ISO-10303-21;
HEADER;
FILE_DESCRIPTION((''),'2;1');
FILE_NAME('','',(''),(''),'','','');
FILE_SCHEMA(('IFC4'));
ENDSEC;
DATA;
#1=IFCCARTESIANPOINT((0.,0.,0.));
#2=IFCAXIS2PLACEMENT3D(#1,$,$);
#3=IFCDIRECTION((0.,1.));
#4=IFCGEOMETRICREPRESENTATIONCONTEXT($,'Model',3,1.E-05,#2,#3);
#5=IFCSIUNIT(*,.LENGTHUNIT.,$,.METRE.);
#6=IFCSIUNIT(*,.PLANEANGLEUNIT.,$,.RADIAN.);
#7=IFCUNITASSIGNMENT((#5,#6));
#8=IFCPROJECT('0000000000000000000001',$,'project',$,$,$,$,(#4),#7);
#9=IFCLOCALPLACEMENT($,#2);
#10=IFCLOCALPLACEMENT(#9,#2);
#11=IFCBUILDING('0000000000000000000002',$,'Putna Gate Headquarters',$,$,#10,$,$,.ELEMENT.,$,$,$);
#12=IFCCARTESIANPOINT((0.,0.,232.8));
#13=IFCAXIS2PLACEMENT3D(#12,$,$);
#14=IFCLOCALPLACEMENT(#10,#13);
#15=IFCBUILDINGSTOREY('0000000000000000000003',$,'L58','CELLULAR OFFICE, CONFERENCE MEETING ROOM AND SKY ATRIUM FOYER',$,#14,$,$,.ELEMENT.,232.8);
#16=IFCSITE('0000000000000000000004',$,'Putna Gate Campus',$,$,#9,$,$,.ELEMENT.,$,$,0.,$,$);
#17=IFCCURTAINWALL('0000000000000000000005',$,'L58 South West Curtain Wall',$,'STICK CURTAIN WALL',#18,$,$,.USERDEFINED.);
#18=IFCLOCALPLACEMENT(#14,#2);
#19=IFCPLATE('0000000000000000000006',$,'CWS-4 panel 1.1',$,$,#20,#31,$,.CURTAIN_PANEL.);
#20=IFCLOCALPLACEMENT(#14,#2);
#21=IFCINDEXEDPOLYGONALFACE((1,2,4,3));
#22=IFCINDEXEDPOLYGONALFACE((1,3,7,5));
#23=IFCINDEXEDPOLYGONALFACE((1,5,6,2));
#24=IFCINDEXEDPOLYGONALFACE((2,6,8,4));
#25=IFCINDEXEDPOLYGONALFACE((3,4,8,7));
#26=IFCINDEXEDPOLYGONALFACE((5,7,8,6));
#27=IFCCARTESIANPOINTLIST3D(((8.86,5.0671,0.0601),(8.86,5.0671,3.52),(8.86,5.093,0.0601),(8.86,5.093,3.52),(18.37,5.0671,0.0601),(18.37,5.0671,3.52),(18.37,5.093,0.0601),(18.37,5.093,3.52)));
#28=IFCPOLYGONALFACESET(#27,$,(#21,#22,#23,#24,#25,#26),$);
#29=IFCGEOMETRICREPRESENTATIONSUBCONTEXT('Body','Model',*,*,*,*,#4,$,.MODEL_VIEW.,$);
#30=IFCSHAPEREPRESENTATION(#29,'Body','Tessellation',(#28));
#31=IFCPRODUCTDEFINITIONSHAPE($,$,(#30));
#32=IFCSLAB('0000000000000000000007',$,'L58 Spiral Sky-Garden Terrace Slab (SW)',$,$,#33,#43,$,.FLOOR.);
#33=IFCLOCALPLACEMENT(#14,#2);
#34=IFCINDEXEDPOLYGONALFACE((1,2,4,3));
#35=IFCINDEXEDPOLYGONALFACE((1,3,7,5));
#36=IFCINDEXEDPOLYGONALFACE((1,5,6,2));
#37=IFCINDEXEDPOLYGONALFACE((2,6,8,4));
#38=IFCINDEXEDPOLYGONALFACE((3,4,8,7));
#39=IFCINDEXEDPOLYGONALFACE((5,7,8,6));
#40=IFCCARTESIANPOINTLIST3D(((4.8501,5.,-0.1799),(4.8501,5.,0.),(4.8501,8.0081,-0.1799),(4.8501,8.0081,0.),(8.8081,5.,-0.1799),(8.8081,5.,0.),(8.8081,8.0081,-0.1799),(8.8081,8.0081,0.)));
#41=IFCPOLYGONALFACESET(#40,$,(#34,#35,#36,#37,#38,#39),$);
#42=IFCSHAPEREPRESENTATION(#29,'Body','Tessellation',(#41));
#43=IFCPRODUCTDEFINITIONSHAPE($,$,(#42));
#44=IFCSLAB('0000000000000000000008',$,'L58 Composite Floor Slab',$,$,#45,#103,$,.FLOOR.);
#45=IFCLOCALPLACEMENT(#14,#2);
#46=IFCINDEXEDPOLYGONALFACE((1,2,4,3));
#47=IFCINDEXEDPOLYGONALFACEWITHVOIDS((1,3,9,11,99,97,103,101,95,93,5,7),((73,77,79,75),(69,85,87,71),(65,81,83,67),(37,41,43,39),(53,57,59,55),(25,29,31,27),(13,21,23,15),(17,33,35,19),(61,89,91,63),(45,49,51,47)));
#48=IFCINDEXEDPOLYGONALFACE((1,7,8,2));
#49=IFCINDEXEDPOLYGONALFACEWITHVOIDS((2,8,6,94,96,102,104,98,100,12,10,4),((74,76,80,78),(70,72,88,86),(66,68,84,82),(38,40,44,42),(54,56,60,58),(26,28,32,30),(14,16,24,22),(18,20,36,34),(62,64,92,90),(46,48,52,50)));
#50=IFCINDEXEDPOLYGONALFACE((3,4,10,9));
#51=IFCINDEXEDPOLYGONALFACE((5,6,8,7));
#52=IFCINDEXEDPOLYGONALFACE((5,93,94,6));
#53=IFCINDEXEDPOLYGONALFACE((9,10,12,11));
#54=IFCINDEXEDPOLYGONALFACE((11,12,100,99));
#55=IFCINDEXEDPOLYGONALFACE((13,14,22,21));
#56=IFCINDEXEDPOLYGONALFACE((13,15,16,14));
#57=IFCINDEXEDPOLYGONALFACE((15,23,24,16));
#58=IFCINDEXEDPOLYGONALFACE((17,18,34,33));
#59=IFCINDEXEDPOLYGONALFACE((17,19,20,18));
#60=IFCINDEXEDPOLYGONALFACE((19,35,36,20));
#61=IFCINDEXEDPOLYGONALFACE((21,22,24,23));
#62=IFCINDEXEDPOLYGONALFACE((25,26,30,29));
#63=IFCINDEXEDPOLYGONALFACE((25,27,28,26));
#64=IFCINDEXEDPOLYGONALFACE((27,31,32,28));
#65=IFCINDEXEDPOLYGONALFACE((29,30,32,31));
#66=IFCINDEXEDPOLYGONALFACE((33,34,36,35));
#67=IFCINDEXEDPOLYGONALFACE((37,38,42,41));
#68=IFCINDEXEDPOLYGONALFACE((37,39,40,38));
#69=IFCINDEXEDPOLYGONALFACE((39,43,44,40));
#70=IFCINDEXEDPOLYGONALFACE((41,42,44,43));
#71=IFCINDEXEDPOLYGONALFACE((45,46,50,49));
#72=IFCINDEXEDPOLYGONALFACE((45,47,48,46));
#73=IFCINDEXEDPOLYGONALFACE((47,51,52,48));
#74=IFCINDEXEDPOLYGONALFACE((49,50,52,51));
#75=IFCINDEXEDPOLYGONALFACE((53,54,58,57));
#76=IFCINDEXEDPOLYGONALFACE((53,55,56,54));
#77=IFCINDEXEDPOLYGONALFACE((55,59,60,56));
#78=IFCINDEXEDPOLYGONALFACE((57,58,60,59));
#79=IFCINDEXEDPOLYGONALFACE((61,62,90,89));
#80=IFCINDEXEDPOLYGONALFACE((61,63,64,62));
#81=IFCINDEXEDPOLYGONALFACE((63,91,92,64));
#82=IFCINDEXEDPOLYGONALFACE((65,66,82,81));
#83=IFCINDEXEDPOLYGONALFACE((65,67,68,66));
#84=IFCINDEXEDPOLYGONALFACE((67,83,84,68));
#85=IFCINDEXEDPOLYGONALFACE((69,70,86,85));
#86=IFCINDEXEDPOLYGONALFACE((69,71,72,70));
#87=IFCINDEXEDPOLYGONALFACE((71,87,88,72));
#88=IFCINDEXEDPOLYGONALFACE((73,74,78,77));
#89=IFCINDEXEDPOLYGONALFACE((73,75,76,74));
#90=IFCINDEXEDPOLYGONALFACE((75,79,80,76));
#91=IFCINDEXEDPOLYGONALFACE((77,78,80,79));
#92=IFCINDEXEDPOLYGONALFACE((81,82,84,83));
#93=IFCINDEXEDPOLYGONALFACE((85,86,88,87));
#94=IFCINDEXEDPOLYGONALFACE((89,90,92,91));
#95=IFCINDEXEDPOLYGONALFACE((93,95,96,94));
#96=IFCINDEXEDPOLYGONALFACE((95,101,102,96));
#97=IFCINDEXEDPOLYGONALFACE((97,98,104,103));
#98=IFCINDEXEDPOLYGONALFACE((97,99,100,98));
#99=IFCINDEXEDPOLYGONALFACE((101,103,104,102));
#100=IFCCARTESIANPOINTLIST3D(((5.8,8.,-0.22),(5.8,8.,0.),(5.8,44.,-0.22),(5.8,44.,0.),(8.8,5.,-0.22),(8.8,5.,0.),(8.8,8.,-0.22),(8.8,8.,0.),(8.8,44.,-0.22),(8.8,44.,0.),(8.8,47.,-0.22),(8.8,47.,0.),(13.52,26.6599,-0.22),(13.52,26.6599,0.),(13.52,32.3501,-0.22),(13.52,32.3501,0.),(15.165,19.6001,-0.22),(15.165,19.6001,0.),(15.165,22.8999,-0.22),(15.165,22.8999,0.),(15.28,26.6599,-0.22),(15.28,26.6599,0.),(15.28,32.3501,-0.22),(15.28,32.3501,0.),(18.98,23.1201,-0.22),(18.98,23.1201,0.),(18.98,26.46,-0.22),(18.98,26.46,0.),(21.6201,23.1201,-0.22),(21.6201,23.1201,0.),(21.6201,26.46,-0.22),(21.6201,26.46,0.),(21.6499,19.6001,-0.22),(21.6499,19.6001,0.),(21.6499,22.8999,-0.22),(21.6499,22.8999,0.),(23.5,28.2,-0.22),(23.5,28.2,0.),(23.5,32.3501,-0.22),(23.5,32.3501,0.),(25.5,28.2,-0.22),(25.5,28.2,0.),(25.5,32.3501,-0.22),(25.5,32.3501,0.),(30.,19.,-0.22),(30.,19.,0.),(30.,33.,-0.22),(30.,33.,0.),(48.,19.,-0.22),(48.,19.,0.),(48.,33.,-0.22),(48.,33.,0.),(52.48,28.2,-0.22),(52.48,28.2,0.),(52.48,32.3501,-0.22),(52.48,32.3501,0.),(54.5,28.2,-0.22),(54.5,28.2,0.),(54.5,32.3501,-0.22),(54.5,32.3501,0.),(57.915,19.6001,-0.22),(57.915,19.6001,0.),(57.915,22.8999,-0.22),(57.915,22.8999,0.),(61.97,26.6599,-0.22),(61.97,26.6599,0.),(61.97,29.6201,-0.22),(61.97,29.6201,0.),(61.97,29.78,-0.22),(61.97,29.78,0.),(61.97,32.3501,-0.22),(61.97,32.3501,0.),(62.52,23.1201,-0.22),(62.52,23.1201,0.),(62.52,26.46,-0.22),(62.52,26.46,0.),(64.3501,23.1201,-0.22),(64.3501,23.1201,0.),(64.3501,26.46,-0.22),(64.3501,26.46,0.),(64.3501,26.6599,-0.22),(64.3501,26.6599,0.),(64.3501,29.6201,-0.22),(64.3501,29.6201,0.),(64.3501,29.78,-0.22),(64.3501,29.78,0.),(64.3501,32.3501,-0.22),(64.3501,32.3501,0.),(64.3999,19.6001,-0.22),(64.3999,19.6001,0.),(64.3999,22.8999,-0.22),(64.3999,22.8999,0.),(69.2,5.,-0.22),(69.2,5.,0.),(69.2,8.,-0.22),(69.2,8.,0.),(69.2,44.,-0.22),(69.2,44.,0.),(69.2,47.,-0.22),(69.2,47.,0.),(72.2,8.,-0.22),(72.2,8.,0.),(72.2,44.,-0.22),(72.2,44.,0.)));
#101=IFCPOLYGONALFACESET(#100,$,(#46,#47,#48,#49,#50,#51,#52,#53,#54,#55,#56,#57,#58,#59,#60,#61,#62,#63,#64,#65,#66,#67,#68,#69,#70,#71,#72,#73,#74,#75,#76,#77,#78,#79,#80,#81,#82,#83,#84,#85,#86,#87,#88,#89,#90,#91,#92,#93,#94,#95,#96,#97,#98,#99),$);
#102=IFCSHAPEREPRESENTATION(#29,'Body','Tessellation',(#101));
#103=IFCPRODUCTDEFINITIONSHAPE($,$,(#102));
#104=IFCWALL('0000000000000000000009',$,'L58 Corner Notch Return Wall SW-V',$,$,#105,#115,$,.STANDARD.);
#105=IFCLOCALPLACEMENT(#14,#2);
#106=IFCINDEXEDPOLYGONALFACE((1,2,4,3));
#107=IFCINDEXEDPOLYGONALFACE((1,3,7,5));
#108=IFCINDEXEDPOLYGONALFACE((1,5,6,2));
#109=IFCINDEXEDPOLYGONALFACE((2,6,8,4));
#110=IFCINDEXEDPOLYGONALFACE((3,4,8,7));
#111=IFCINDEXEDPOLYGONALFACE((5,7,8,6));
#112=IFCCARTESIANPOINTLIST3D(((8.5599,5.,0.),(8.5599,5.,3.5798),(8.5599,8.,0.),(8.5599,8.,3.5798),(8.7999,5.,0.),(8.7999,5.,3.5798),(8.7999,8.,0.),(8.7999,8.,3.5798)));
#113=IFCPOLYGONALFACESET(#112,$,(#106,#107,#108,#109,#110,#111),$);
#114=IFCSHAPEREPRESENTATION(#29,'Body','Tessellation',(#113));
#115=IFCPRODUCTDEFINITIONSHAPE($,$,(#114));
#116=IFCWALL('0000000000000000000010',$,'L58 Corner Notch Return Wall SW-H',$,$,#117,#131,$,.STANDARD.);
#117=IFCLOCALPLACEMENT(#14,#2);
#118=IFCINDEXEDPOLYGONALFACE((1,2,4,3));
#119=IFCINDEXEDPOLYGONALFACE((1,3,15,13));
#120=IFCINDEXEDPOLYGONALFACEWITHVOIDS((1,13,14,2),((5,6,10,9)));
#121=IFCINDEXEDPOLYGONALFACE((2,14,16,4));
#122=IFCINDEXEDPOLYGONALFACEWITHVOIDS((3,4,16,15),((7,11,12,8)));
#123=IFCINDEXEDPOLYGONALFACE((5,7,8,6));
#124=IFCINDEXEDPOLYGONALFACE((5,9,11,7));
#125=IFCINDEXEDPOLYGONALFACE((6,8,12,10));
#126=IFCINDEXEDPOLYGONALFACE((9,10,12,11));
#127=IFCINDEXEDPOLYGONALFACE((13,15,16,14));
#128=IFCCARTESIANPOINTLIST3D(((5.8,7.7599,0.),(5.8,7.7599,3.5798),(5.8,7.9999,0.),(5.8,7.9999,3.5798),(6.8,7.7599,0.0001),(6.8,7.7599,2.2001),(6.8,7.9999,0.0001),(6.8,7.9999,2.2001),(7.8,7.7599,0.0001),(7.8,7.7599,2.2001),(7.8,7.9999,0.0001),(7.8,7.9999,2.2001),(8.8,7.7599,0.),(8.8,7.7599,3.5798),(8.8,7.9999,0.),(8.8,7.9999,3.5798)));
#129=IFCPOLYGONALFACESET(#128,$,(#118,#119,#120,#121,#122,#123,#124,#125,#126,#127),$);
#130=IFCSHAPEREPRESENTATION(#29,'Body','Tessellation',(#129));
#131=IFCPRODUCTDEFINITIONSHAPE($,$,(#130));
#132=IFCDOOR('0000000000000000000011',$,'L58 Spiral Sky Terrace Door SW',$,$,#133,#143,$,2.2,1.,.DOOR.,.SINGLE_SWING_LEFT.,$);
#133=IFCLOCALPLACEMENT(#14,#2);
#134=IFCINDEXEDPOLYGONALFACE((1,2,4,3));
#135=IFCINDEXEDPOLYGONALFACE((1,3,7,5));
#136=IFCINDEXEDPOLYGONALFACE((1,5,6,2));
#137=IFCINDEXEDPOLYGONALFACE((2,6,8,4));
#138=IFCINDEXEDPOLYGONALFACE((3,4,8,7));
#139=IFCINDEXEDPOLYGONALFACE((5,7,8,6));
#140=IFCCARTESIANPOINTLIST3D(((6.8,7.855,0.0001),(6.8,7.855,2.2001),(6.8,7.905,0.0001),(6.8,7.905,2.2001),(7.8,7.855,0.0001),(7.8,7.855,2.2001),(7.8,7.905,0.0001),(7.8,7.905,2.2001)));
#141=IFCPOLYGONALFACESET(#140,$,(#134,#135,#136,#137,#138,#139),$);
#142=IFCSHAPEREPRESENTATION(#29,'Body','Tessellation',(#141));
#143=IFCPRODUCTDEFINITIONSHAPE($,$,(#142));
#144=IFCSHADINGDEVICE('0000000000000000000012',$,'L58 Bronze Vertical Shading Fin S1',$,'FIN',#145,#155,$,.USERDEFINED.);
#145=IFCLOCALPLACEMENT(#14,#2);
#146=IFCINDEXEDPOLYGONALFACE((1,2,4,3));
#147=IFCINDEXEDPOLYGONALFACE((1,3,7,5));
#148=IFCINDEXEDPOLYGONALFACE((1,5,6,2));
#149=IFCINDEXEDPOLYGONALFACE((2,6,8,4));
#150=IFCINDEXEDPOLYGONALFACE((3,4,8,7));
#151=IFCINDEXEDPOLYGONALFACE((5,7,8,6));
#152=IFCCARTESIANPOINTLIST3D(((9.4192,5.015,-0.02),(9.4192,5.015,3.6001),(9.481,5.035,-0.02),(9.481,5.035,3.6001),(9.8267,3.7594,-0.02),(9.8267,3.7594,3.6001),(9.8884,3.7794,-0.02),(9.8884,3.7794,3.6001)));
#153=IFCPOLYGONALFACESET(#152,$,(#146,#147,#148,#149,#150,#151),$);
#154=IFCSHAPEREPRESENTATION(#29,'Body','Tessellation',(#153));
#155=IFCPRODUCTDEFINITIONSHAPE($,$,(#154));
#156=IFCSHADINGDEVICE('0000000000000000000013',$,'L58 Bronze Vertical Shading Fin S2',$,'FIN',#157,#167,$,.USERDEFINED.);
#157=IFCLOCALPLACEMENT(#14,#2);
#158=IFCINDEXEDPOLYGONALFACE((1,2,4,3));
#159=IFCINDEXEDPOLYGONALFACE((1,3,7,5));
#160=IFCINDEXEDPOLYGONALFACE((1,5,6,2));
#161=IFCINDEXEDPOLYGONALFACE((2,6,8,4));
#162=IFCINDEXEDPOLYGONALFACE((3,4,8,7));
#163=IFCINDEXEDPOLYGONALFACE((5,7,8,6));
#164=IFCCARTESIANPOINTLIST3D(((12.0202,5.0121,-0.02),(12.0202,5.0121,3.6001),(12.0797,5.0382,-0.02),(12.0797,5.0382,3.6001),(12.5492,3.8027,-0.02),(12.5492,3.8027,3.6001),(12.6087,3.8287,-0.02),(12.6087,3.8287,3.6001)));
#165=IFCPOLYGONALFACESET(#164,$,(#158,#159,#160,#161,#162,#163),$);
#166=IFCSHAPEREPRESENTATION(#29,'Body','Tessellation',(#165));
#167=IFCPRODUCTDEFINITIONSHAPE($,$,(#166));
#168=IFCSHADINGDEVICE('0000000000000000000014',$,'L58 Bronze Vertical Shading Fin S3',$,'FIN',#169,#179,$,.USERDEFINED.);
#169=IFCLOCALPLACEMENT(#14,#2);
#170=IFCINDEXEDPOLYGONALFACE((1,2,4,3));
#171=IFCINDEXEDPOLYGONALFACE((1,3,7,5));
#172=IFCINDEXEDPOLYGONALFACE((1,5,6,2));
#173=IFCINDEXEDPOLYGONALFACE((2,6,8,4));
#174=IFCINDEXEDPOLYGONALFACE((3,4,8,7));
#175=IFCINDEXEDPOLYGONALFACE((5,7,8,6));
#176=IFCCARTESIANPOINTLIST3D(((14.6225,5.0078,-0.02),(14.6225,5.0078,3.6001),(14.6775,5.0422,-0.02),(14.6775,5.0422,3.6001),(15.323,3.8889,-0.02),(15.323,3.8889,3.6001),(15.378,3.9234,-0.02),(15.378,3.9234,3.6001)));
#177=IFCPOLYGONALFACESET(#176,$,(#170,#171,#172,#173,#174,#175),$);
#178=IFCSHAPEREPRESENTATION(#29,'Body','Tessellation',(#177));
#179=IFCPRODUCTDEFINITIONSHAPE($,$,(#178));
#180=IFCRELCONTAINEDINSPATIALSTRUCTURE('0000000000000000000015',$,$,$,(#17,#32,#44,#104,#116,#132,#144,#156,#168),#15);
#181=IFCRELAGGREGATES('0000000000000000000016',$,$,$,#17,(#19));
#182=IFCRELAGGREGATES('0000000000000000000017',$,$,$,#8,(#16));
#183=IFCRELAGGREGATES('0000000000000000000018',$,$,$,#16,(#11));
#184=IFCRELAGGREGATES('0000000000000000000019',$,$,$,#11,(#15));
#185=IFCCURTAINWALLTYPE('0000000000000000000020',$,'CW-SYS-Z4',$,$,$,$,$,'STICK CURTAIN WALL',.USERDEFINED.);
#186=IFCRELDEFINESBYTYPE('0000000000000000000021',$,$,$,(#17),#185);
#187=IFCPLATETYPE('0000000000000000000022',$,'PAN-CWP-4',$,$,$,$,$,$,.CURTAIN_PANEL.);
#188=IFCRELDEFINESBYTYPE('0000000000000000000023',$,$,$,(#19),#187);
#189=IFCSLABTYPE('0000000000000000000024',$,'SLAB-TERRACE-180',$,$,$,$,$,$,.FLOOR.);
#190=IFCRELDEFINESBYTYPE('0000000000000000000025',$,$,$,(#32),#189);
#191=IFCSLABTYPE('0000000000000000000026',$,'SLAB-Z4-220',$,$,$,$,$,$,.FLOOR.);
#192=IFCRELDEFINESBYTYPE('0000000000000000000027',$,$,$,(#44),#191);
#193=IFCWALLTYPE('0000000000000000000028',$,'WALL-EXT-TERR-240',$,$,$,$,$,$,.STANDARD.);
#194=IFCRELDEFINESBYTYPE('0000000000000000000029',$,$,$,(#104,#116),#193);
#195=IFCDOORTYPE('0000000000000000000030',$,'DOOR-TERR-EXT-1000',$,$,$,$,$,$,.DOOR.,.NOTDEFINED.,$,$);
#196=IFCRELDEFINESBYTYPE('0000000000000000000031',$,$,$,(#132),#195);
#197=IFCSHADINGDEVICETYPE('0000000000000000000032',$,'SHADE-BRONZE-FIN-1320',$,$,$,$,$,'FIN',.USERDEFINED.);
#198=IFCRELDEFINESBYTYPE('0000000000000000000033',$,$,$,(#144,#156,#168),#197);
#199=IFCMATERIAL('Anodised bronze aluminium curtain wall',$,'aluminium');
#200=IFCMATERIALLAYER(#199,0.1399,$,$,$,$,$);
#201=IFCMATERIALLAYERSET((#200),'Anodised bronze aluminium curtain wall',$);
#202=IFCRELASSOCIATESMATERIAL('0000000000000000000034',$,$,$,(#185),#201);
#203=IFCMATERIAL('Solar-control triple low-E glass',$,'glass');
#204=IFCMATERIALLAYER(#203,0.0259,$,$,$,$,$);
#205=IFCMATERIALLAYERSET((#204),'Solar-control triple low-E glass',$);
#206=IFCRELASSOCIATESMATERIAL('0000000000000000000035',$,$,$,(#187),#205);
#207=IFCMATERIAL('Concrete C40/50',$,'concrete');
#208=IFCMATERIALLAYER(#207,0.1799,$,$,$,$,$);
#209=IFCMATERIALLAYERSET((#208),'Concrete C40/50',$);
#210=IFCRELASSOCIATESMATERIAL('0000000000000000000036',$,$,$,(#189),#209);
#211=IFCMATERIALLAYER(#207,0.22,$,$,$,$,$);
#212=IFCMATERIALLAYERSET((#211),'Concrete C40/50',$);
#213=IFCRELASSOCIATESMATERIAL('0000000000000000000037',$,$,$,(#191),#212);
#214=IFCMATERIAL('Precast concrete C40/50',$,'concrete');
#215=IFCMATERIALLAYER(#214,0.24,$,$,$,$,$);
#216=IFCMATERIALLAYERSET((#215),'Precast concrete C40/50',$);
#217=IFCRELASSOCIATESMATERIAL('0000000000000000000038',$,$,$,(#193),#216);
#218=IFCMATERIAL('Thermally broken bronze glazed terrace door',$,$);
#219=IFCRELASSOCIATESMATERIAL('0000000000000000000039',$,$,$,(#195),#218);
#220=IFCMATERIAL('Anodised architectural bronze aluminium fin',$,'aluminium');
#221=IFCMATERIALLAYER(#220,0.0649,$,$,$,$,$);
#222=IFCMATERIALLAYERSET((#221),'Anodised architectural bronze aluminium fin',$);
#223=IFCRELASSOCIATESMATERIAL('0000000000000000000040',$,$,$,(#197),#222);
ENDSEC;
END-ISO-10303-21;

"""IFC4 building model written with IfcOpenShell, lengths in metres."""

from ifc_helpers import new_model, si_unit, direction, frame, frame_2d, origin, origin_2d, place, context, subcontext, project, spatial, polyline, rectangle, outline, extrude, material, layer, layer_set, type_object, element, fill, aggregate, save


model = new_model("IFC4")

# Units and contexts
model_context = context("Model", 3, precision=1e-05, world=origin(), true_north=direction((0.0, 1.0)))
body_context = subcontext(model_context, "Body", "Model", "MODEL_VIEW")
ifc_project = project(units=[si_unit("LENGTHUNIT", "METRE"), si_unit("PLANEANGLEUNIT", "RADIAN")], contexts=[model_context])

# Site, building, storey
site_placement = place(None, origin())
site = spatial("IfcSite", under=ifc_project, at=site_placement, Name="Putna Gate Campus", CompositionType="ELEMENT", RefElevation=0.0)
building_placement = place(site_placement, origin())
building = spatial("IfcBuilding", under=site, at=building_placement, Name="Putna Gate Headquarters", CompositionType="ELEMENT")
storey_placement = place(building_placement, frame((0.0, 0.0, 232.8)))
storey = spatial("IfcBuildingStorey", under=building, at=storey_placement, Name="L58", Description="CELLULAR OFFICE, CONFERENCE MEETING ROOM AND SKY ATRIUM FOYER", CompositionType="ELEMENT", Elevation=232.8)

# Curtain wall
ifc_material_1 = material(Name="Anodised bronze aluminium curtain wall", Category="aluminium")
ifc_layer_1 = layer(ifc_material_1, 0.1399)
ifc_layer_set_1 = layer_set([ifc_layer_1], Name="Anodised bronze aluminium curtain wall")
curtain_wall_type = type_object("IfcCurtainWallType", Name="CW-SYS-Z4", ElementType="STICK CURTAIN WALL", PredefinedType="USERDEFINED", material=ifc_layer_set_1)
curtain_wall_1_placement = place(storey_placement, origin())
curtain_wall_1 = element("IfcCurtainWall", 1, at=curtain_wall_1_placement, inside=storey, type_object=curtain_wall_type, Name="L58 South West Curtain Wall", ObjectType="STICK CURTAIN WALL", PredefinedType="USERDEFINED")

# Shared definitions
ifc_material_2 = material(Name="Concrete C40/50", Category="concrete")

# Plate
ifc_material_3 = material(Name="Solar-control triple low-E glass", Category="glass")
ifc_layer_2 = layer(ifc_material_3, 0.0259)
ifc_layer_set_2 = layer_set([ifc_layer_2], Name="Solar-control triple low-E glass")
plate_type = type_object("IfcPlateType", Name="PAN-CWP-4", PredefinedType="CURTAIN_PANEL", material=ifc_layer_set_2)
plate_placement = place(storey_placement, frame((13.615, 5.0801, 0.0601), z_axis=(0.0, 0.0, 1.0), x_axis=(1.0, 0.0, 0.0)))
plate = element("IfcPlate", 2, at=plate_placement, type_object=plate_type, Name="CWS-4 panel 1.1", PredefinedType="CURTAIN_PANEL", context=body_context, shape_type="SweptSolid", body=[
    extrude(rectangle(XDim=9.51, YDim=0.0259, at=origin_2d()), origin(), (0.0, 0.0, 1.0), 3.46),
])
aggregate(curtain_wall_1, [plate])

# Slabs
ifc_layer_3 = layer(ifc_material_2, 0.1799)
ifc_layer_set_3 = layer_set([ifc_layer_3], Name="Concrete C40/50")
slab_type_1 = type_object("IfcSlabType", Name="SLAB-TERRACE-180", PredefinedType="FLOOR", material=ifc_layer_set_3)
slab_1_placement = place(storey_placement, frame((0.0, 0.0, -0.1799)))
element("IfcSlab", 3, at=slab_1_placement, inside=storey, type_object=slab_type_1, Name="L58 Spiral Sky-Garden Terrace Slab (SW)", PredefinedType="FLOOR", context=body_context, shape_type="SweptSolid", body=[
    extrude(outline(polyline([(4.8501, 5.0), (8.8081, 5.0), (8.8081, 8.0081), (4.8501, 8.0081), (4.8501, 5.0)])), origin(), (0.0, 0.0, 1.0), 0.1799),
])
ifc_layer_4 = layer(ifc_material_2, 0.22)
ifc_layer_set_4 = layer_set([ifc_layer_4], Name="Concrete C40/50")
slab_type_2 = type_object("IfcSlabType", Name="SLAB-Z4-220", PredefinedType="FLOOR", material=ifc_layer_set_4)
slab_2_placement = place(storey_placement, frame((0.0, 0.0, -0.22)))
element("IfcSlab", 4, at=slab_2_placement, inside=storey, type_object=slab_type_2, Name="L58 Composite Floor Slab", PredefinedType="FLOOR", context=body_context, shape_type="SweptSolid", body=[
    extrude(outline(polyline([(8.8, 5.0), (69.2, 5.0), (69.2, 8.0), (72.2, 8.0), (72.2, 44.0), (69.2, 44.0), (69.2, 47.0), (8.8, 47.0), (8.8, 44.0), (5.8, 44.0), (5.8, 8.0), (8.8, 8.0), (8.8, 5.0)]), holes=[polyline([(15.165, 19.6001), (21.6499, 19.6001), (21.6499, 22.8999), (15.165, 22.8999), (15.165, 19.6001)]), polyline([(57.915, 19.6001), (64.3999, 19.6001), (64.3999, 22.8999), (57.915, 22.8999), (57.915, 19.6001)]), polyline([(13.52, 26.6599), (15.28, 26.6599), (15.28, 32.3501), (13.52, 32.3501), (13.52, 26.6599)]), polyline([(61.97, 29.78), (64.3501, 29.78), (64.3501, 32.3501), (61.97, 32.3501), (61.97, 29.78)]), polyline([(18.98, 23.1201), (21.6201, 23.1201), (21.6201, 26.46), (18.98, 26.46), (18.98, 23.1201)]), polyline([(62.52, 23.1201), (64.3501, 23.1201), (64.3501, 26.46), (62.52, 26.46), (62.52, 23.1201)]), polyline([(61.97, 26.6599), (64.3501, 26.6599), (64.3501, 29.6201), (61.97, 29.6201), (61.97, 26.6599)]), polyline([(23.5, 28.2), (25.5, 28.2), (25.5, 32.3501), (23.5, 32.3501), (23.5, 28.2)]), polyline([(52.48, 28.2), (54.5, 28.2), (54.5, 32.3501), (52.48, 32.3501), (52.48, 28.2)]), polyline([(30.0, 19.0), (48.0, 19.0), (48.0, 33.0), (30.0, 33.0), (30.0, 19.0)])]), origin(), (0.0, 0.0, 1.0), 0.22),
])

# Wall
ifc_material_4 = material(Name="Precast concrete C40/50", Category="concrete")
ifc_layer_5 = layer(ifc_material_4, 0.24)
ifc_layer_set_5 = layer_set([ifc_layer_5], Name="Precast concrete C40/50")
wall_type = type_object("IfcWallType", Name="WALL-EXT-TERR-240", PredefinedType="STANDARD", material=ifc_layer_set_5)
wall_1_placement = place(storey_placement, frame((8.6799, 5.0, 0.0), z_axis=(0.0, 0.0, 1.0), x_axis=(0.0, 1.0, 0.0)))
element("IfcWall", 5, at=wall_1_placement, inside=storey, type_object=wall_type, Name="L58 Corner Notch Return Wall SW-V", PredefinedType="STANDARD", context=body_context, shape_type="SweptSolid", body=[
    extrude(rectangle(XDim=3.0, YDim=0.24, at=frame_2d((1.5, 0.0))), origin(), (0.0, 0.0, 1.0), 3.5798),
])

# Wall, opening, door
wall_2_placement = place(storey_placement, frame((8.8, 7.8799, 0.0), z_axis=(0.0, 0.0, 1.0), x_axis=(-1.0, 0.0, 0.0)))
wall_2 = element("IfcWall", 6, at=wall_2_placement, inside=storey, type_object=wall_type, Name="L58 Corner Notch Return Wall SW-H", PredefinedType="STANDARD", context=body_context, shape_type="SweptSolid", body=[
    extrude(rectangle(XDim=3.0, YDim=0.24, at=frame_2d((1.5, 0.0))), origin(), (0.0, 0.0, 1.0), 3.5798),
])
opening_placement = place(wall_2_placement, frame((1.0, 0.0, 0.0)))
opening = element("IfcOpeningElement", 7, at=opening_placement, cuts=wall_2, PredefinedType="OPENING", context=body_context, shape_type="SweptSolid", body=[
    extrude(rectangle(XDim=1.0, YDim=2.2, at=frame_2d((0.5, 1.1001))), frame((0.0, 0.1299, 0.0), z_axis=(0.0, -1.0, 0.0), x_axis=(1.0, 0.0, 0.0)), (0.0, 0.0, 1.0), 0.26),
])
ifc_material_5 = material(Name="Thermally broken bronze glazed terrace door")
door_type = type_object("IfcDoorType", Name="DOOR-TERR-EXT-1000", OperationType="NOTDEFINED", PredefinedType="DOOR", material=ifc_material_5)
door_placement = place(opening_placement, origin())
door = element("IfcDoor", 8, at=door_placement, inside=storey, type_object=door_type, Name="L58 Spiral Sky Terrace Door SW", OperationType="SINGLE_SWING_LEFT", OverallHeight=2.2, OverallWidth=1.0, PredefinedType="DOOR", context=body_context, shape_type="SweptSolid", body=[
    extrude(rectangle(XDim=1.0, YDim=2.2, at=frame_2d((0.5, 1.1001))), frame((0.0, 0.0249, 0.0), z_axis=(0.0, -1.0, 0.0), x_axis=(1.0, 0.0, 0.0)), (0.0, 0.0, 1.0), 0.05),
])
fill(opening, door)

# Shading devices
ifc_material_6 = material(Name="Anodised architectural bronze aluminium fin", Category="aluminium")
ifc_layer_6 = layer(ifc_material_6, 0.0649)
ifc_layer_set_6 = layer_set([ifc_layer_6], Name="Anodised architectural bronze aluminium fin")
shading_device_type = type_object("IfcShadingDeviceType", Name="SHADE-BRONZE-FIN-1320", ElementType="FIN", PredefinedType="USERDEFINED", material=ifc_layer_set_6)
for number, where, z_axis, x_axis, name in (
    (9, (9.6538, 4.3972, -0.02), (0.0, 0.0, 1.0), (0.308685, -0.951164, 0.0), "L58 Bronze Vertical Shading Fin S1"),
    (10, (12.3145, 4.4204, -0.02), (0.0, 0.0, 1.0), (0.400669, -0.916223, 0.0), "L58 Bronze Vertical Shading Fin S2"),
    (11, (15.0002, 4.4656, -0.02), (0.0, 0.0, 1.0), (0.530659, -0.847585, 0.0), "L58 Bronze Vertical Shading Fin S3"),
):
    element("IfcShadingDevice", number, at=place(storey_placement, frame(where, z_axis=z_axis, x_axis=x_axis)), inside=storey, type_object=shading_device_type, Name=name, ObjectType="FIN", PredefinedType="USERDEFINED", context=body_context, shape_type="SweptSolid", body=[
        extrude(rectangle(XDim=1.3201, YDim=0.0649, at=origin_2d()), origin(), (0.0, 0.0, 1.0), 3.6201),
    ])

save(model, "model.ifc")
